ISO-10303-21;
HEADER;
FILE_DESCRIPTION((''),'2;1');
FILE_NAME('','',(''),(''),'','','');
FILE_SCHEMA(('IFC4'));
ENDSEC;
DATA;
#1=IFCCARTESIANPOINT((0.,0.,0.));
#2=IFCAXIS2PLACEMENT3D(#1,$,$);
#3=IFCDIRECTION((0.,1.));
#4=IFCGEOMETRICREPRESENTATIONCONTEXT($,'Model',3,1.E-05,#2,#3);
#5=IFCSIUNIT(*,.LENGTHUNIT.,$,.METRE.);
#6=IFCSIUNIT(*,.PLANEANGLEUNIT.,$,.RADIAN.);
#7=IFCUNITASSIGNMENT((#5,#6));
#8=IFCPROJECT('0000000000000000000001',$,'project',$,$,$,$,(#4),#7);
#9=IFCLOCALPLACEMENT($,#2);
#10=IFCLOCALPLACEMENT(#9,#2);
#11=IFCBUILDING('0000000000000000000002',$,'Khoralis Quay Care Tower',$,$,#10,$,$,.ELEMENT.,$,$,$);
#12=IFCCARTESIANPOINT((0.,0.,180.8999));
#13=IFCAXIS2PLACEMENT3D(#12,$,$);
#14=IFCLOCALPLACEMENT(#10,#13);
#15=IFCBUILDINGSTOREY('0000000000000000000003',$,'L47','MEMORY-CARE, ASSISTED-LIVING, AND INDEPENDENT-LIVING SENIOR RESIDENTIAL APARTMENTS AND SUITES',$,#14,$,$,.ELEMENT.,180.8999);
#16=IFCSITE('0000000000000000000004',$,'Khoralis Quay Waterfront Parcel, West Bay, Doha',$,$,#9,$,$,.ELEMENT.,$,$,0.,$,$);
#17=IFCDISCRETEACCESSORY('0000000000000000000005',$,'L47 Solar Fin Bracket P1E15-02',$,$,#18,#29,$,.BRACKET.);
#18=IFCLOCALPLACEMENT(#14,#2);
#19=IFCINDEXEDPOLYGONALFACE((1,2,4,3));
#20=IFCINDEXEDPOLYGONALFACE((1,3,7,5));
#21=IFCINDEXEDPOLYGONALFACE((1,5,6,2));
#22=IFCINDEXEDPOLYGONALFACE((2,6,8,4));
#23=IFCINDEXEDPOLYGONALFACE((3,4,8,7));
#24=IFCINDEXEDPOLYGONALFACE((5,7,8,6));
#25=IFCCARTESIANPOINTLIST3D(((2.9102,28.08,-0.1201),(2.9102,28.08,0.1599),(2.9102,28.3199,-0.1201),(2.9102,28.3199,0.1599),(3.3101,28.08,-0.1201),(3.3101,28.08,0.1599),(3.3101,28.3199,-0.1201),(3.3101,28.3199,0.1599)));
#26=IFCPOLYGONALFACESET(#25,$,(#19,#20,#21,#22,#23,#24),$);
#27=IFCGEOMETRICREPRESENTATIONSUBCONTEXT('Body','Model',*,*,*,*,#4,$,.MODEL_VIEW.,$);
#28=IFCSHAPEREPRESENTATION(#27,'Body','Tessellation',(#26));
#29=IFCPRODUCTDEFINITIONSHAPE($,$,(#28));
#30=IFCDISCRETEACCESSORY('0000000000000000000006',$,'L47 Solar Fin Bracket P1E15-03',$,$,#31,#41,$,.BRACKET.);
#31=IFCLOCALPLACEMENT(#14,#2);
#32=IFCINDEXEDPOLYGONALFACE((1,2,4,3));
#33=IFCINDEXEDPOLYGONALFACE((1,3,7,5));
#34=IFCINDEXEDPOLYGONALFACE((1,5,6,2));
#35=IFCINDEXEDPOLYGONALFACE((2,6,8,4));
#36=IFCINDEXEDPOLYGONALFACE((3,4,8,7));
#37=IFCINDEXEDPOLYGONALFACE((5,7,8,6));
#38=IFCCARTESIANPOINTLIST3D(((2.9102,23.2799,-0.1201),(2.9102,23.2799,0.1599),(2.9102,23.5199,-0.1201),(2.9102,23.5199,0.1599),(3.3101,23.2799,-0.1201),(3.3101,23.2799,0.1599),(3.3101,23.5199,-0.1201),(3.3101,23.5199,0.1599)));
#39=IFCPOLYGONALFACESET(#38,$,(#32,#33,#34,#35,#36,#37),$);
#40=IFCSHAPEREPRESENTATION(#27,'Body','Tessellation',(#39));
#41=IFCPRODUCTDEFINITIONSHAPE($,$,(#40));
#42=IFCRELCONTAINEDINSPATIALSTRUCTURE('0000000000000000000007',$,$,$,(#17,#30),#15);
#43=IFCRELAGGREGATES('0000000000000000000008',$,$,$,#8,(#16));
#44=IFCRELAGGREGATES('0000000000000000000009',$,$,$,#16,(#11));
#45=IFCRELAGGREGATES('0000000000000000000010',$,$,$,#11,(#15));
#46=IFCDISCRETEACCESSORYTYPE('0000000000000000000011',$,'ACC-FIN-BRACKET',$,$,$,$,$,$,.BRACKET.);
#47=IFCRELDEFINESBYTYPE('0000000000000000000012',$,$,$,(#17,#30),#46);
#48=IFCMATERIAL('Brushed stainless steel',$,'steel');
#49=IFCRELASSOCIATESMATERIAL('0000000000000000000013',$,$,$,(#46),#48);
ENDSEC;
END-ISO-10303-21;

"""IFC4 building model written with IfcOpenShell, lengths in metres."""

from ifc_helpers import new_model, si_unit, direction, frame, origin, origin_2d, place, context, subcontext, project, spatial, rectangle, extrude, source, transform, mapped, material, type_object, element, save


model = new_model("IFC4")

# Units and contexts
model_context = context("Model", 3, precision=1e-05, world=origin(), true_north=direction((0.0, 1.0)))
body_context = subcontext(model_context, "Body", "Model", "MODEL_VIEW")
ifc_project = project(units=[si_unit("LENGTHUNIT", "METRE"), si_unit("PLANEANGLEUNIT", "RADIAN")], contexts=[model_context])

# Site, building, storey
site_placement = place(None, origin())
site = spatial("IfcSite", under=ifc_project, at=site_placement, Name="Khoralis Quay Waterfront Parcel, West Bay, Doha", CompositionType="ELEMENT", RefElevation=0.0)
building_placement = place(site_placement, origin())
building = spatial("IfcBuilding", under=site, at=building_placement, Name="Khoralis Quay Care Tower", CompositionType="ELEMENT")
storey_placement = place(building_placement, frame((0.0, 0.0, 180.8999)))
storey = spatial("IfcBuildingStorey", under=building, at=storey_placement, Name="L47", Description="MEMORY-CARE, ASSISTED-LIVING, AND INDEPENDENT-LIVING SENIOR RESIDENTIAL APARTMENTS AND SUITES", CompositionType="ELEMENT", Elevation=180.8999)

# Discrete accessories
ifc_material_1 = material(Name="Brushed stainless steel", Category="steel")
discrete_accessory_type = type_object("IfcDiscreteAccessoryType", Name="ACC-FIN-BRACKET", PredefinedType="BRACKET", material=ifc_material_1)
shared_shape_1 = source(origin(), body_context, "Body", "SweptSolid", [
    extrude(rectangle(XDim=0.3999, YDim=0.24, at=origin_2d()), origin(), (0.0, 0.0, 1.0), 0.28),
])
for number, where, z_axis, x_axis, name in (
    (1, (3.1101, 28.2, -0.1201), (0.0, 0.0, 1.0), (-1.0, 0.0, 0.0), "L47 Solar Fin Bracket P1E15-02"),
    (2, (3.1101, 23.3999, -0.1201), (0.0, 0.0, 1.0), (-1.0, 0.0, 0.0), "L47 Solar Fin Bracket P1E15-03"),
):
    element("IfcDiscreteAccessory", number, at=place(storey_placement, frame(where, z_axis=z_axis, x_axis=x_axis)), inside=storey, type_object=discrete_accessory_type, Name=name, PredefinedType="BRACKET", context=body_context, shape_type="MappedRepresentation", body=[
        mapped(shared_shape_1, transform((0.0, 0.0, 0.0), scale=1.0)),
    ])

save(model, "model.ifc")
